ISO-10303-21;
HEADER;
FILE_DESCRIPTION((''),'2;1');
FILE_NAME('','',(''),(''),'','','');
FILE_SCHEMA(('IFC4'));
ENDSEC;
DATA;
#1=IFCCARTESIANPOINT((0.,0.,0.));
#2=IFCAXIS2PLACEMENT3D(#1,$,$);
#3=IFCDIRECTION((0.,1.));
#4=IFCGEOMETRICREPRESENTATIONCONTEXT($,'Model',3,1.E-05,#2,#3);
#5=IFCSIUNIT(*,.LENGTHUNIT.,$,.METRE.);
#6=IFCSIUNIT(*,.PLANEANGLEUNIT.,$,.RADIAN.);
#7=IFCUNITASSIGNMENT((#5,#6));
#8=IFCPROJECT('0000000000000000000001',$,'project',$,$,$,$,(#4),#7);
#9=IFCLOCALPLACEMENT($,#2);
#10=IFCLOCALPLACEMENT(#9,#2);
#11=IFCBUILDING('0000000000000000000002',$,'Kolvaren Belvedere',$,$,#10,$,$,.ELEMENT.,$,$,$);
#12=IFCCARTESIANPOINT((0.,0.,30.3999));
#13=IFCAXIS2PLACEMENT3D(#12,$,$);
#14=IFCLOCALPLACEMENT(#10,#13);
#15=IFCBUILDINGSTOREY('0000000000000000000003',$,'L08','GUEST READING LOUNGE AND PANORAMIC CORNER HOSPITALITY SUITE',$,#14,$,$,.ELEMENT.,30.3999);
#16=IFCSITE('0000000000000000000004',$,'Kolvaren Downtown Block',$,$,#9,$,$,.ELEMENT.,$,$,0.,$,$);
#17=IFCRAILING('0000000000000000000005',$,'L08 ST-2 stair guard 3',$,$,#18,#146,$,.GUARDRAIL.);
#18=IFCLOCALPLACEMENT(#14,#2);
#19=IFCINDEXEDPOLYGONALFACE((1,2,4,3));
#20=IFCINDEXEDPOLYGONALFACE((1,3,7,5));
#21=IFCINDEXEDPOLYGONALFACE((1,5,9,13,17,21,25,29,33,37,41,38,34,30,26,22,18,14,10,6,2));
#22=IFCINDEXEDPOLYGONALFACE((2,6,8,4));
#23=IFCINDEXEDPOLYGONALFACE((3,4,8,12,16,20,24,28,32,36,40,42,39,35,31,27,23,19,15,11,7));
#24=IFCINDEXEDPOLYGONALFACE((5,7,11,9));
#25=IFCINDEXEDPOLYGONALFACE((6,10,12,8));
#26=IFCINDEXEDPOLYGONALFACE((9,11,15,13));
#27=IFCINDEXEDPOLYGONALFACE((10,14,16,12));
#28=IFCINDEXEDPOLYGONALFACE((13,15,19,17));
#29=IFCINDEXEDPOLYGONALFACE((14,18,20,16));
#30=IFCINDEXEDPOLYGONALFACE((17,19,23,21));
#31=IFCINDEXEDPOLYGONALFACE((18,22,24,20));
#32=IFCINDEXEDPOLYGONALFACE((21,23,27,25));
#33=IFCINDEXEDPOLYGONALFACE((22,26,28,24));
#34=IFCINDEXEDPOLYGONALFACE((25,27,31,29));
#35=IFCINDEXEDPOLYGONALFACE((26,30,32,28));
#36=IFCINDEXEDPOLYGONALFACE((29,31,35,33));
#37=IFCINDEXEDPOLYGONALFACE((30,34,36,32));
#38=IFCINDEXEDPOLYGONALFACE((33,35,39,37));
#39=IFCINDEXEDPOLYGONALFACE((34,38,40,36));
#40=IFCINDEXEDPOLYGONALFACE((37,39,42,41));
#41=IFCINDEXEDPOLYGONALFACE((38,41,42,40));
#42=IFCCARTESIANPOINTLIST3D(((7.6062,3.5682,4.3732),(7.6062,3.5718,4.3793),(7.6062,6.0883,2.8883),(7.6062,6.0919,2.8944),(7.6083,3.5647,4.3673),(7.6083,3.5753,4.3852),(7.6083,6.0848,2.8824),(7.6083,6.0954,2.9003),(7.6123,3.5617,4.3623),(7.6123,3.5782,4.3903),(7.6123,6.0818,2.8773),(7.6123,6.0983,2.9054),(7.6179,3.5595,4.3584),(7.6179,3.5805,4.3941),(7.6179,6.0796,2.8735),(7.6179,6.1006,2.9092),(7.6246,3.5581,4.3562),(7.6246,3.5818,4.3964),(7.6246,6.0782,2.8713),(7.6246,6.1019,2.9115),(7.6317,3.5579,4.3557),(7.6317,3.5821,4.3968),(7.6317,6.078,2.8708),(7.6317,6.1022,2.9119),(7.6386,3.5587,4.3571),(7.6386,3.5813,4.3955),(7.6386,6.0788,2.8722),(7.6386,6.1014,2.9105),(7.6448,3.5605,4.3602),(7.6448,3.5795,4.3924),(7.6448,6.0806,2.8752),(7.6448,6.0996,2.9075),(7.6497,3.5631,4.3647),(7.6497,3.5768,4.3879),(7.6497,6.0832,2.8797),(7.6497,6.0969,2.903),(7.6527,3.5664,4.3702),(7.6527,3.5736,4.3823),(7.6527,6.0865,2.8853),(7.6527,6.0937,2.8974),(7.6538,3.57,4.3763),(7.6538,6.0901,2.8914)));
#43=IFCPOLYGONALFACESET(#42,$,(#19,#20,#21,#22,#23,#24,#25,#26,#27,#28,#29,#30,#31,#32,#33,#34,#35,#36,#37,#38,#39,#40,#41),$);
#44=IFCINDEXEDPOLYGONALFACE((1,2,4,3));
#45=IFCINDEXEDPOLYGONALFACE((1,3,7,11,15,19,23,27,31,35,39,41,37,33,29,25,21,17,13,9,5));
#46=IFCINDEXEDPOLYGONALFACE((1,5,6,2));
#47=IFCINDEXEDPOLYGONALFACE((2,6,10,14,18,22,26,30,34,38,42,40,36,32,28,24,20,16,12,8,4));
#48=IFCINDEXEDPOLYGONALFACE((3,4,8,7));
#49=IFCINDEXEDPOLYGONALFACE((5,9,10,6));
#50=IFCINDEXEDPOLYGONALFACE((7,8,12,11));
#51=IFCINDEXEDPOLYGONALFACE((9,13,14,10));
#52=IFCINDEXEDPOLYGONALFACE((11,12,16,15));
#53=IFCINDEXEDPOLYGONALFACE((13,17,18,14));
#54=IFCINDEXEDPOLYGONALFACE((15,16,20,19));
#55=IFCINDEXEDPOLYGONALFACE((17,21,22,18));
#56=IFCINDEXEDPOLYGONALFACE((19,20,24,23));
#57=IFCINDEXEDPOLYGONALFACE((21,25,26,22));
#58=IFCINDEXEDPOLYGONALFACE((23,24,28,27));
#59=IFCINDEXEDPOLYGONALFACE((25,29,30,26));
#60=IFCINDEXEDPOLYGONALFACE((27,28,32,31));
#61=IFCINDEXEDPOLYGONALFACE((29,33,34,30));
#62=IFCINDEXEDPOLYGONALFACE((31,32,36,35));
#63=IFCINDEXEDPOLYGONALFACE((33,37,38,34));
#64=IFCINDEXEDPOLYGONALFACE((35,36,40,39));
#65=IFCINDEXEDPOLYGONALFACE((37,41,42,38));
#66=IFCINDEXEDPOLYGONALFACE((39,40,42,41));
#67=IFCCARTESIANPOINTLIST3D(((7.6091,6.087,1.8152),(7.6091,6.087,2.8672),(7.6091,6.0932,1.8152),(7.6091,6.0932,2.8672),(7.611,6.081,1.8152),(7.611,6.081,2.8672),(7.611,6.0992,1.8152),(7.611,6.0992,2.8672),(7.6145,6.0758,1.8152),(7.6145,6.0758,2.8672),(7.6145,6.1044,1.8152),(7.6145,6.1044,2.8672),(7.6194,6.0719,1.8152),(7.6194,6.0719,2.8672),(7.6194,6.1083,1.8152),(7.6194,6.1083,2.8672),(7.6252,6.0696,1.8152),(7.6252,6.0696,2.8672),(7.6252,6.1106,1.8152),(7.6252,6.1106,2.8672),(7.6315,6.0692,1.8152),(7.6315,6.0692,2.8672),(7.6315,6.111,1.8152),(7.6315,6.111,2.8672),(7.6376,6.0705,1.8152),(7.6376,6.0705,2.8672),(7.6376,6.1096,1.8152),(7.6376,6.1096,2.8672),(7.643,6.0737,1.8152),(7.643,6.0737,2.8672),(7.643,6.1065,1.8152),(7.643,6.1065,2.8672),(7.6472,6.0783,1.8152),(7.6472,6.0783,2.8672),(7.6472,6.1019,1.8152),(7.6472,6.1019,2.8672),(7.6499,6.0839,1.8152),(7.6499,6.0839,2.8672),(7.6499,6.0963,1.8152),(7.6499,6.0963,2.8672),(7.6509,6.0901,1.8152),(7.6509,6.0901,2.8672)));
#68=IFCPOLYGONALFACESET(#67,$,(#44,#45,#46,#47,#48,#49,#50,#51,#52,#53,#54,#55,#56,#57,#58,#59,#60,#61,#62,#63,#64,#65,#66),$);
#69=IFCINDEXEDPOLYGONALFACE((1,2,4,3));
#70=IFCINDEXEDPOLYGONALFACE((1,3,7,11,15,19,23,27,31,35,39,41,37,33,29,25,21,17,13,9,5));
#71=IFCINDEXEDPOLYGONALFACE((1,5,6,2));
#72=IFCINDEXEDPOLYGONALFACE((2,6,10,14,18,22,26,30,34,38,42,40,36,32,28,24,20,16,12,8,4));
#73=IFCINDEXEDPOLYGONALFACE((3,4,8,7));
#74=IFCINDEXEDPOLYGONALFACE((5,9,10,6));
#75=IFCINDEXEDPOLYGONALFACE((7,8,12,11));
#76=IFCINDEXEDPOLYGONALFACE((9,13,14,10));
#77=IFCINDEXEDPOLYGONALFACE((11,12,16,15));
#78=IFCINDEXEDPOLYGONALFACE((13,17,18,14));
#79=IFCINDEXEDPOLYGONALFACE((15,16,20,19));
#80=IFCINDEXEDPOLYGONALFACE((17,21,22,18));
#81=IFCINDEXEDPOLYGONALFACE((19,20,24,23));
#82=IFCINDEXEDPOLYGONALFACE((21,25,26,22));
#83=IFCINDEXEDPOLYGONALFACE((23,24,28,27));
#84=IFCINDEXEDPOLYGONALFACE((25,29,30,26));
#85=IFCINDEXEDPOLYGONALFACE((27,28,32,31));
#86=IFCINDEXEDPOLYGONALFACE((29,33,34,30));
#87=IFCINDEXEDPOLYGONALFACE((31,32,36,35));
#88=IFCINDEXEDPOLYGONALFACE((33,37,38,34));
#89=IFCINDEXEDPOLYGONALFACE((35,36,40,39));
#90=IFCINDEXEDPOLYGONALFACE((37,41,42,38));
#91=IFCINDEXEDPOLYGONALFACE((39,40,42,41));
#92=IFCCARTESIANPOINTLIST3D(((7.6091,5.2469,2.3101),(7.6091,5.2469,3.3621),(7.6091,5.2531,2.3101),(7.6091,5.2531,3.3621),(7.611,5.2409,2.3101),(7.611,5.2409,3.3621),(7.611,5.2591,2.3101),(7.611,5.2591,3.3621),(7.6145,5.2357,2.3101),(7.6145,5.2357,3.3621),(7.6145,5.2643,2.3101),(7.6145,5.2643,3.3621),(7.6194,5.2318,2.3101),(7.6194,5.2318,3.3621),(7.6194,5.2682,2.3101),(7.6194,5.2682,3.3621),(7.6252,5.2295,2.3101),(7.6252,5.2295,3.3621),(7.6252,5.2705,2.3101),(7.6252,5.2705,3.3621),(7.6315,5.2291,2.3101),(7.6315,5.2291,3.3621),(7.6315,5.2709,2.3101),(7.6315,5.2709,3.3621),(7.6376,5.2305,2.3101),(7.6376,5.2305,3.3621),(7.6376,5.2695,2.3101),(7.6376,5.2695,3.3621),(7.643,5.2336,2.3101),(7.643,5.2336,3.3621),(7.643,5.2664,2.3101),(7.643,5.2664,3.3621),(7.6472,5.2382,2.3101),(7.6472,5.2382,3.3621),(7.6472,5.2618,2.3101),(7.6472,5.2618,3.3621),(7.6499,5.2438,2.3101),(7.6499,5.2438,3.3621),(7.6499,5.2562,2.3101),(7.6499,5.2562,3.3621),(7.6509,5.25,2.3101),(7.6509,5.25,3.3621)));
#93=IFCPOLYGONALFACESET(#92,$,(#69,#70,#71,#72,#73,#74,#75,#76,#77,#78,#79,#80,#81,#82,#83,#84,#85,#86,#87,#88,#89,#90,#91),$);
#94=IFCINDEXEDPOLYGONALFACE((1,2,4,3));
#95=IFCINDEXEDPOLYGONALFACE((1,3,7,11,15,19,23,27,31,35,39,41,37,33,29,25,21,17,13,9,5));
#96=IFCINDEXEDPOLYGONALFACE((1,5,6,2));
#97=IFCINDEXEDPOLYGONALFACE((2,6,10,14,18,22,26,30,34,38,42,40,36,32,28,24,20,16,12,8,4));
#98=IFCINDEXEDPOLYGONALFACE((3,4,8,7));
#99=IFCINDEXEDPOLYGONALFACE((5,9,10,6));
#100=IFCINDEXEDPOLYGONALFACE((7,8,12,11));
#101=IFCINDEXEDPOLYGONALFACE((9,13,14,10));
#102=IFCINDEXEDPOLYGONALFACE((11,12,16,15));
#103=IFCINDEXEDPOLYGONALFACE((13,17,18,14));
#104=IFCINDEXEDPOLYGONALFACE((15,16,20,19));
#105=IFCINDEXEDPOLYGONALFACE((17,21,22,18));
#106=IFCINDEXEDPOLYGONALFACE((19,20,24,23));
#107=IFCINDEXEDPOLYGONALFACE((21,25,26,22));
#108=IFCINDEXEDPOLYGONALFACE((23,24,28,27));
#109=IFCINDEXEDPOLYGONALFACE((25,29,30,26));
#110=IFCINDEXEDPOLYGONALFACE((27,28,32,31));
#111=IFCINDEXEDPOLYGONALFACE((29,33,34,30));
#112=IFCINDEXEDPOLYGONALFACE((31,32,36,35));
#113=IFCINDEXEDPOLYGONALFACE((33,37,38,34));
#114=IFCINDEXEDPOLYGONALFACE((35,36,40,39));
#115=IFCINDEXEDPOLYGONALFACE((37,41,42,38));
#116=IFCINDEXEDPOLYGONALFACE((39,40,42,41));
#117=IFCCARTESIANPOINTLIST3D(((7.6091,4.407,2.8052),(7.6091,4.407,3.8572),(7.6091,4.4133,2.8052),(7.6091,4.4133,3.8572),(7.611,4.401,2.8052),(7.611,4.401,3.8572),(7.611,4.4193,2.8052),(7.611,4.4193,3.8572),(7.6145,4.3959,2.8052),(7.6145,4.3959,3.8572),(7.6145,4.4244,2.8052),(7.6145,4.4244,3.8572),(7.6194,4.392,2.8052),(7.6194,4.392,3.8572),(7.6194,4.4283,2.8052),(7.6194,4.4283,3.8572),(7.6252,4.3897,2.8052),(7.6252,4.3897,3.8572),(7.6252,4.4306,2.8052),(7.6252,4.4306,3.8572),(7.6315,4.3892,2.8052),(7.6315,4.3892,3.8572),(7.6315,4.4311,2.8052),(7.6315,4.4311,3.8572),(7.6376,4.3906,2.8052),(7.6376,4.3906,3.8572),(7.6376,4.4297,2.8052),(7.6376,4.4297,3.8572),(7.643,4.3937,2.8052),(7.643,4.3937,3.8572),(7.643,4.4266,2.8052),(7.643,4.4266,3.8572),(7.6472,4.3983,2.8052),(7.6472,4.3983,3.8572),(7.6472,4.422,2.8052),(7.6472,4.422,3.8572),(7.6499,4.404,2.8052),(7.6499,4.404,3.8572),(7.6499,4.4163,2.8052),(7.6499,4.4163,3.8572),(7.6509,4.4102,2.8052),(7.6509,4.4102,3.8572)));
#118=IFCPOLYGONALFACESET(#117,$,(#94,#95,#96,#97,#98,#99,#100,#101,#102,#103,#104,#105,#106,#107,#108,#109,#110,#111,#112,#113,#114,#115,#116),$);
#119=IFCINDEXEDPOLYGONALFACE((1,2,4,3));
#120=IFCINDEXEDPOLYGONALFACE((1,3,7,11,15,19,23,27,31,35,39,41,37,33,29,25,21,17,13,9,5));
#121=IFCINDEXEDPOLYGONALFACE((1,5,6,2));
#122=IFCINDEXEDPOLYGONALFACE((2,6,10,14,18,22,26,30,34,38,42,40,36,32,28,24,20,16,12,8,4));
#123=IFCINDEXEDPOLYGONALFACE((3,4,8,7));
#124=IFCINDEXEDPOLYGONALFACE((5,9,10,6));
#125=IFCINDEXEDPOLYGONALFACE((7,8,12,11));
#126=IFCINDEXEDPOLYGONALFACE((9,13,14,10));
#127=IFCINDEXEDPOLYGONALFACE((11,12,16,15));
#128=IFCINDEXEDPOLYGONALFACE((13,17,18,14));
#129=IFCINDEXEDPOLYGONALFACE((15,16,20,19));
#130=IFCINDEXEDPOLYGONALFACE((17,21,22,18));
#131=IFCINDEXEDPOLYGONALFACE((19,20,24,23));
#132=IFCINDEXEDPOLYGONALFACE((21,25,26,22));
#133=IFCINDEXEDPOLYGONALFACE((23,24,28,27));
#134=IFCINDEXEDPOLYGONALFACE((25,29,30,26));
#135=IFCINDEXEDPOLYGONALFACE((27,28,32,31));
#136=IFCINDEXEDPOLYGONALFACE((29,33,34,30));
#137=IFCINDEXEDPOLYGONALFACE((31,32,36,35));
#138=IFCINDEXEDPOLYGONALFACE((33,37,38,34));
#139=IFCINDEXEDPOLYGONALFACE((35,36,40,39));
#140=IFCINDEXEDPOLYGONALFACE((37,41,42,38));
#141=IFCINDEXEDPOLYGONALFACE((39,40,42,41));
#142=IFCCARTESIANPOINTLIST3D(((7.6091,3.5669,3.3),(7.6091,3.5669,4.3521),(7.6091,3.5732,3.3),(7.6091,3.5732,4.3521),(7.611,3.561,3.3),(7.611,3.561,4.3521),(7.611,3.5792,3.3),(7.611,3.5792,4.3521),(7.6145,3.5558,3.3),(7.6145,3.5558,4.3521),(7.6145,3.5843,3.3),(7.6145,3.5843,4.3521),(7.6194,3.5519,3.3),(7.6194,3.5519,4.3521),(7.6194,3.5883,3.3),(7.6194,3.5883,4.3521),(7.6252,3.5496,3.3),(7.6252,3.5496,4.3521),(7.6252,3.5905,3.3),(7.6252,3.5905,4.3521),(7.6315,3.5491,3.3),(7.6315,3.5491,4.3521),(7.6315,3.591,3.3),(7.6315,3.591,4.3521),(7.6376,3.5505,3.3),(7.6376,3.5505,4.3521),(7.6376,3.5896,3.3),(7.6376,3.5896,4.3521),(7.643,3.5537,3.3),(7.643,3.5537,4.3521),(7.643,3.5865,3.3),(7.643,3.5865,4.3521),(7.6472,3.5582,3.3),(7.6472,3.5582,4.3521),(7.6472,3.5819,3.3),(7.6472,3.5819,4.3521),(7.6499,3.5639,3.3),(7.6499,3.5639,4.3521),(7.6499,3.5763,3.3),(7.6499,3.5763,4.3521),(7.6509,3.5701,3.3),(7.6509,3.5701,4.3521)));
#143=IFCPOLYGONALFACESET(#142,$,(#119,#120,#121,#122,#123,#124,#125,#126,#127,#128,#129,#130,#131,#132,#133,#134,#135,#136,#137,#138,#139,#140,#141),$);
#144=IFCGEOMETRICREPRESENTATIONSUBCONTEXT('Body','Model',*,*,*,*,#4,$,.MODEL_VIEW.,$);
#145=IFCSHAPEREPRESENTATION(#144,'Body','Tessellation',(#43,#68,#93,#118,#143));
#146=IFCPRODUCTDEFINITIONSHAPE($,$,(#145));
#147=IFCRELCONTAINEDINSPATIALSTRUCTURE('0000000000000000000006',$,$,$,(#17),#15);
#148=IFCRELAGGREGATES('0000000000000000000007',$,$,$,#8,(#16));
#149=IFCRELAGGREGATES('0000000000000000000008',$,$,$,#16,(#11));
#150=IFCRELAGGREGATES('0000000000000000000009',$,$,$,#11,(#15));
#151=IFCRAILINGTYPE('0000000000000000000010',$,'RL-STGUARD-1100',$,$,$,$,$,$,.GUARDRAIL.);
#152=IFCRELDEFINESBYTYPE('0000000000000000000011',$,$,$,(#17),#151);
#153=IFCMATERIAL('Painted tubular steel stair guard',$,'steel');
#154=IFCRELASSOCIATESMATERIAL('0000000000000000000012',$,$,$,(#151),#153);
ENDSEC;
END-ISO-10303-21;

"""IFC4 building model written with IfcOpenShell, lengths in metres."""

from ifc_helpers import new_model, si_unit, direction, frame, origin, origin_2d, place, context, subcontext, project, spatial, circle, extrude, material, type_object, element, save


model = new_model("IFC4")

# Units and contexts
model_context = context("Model", 3, precision=1e-05, world=origin(), true_north=direction((0.0, 1.0)))
body_context = subcontext(model_context, "Body", "Model", "MODEL_VIEW")
ifc_project = project(units=[si_unit("LENGTHUNIT", "METRE"), si_unit("PLANEANGLEUNIT", "RADIAN")], contexts=[model_context])

# Site, building, storey
site_placement = place(None, origin())
site = spatial("IfcSite", under=ifc_project, at=site_placement, Name="Kolvaren Downtown Block", CompositionType="ELEMENT", RefElevation=0.0)
building_placement = place(site_placement, origin())
building = spatial("IfcBuilding", under=site, at=building_placement, Name="Kolvaren Belvedere", CompositionType="ELEMENT")
storey_placement = place(building_placement, frame((0.0, 0.0, 30.3999)))
storey = spatial("IfcBuildingStorey", under=building, at=storey_placement, Name="L08", Description="GUEST READING LOUNGE AND PANORAMIC CORNER HOSPITALITY SUITE", CompositionType="ELEMENT", Elevation=30.3999)

# Railing
ifc_material_1 = material(Name="Painted tubular steel stair guard", Category="steel")
railing_type_1 = type_object("IfcRailingType", Name="RL-STGUARD-1100", PredefinedType="GUARDRAIL", material=ifc_material_1)
railing_1_placement = place(storey_placement, frame((7.6299, 6.0901, 1.8152)))
element("IfcRailing", 1, at=railing_1_placement, inside=storey, type_object=railing_type_1, Name="L08 ST-2 stair guard 3", PredefinedType="GUARDRAIL", context=body_context, shape_type="SweptSolid", body=[
    extrude(circle(Radius=0.0239, at=origin_2d()), frame((0.0, 0.0, 1.0762), z_axis=(0.0, -0.861561, 0.507655), x_axis=(1.0, 0.0, 0.0)), (0.0, 0.0, 1.0), 2.925),
    extrude(circle(Radius=0.021, at=origin_2d()), origin(), (0.0, 0.0, 1.0), 1.052),
    extrude(circle(Radius=0.021, at=origin_2d()), frame((0.0, -0.8401, 0.4949)), (0.0, 0.0, 1.0), 1.052),
    extrude(circle(Radius=0.021, at=origin_2d()), frame((0.0, -1.6799, 0.99)), (0.0, 0.0, 1.0), 1.052),
    extrude(circle(Radius=0.021, at=origin_2d()), frame((0.0, -2.52, 1.4849)), (0.0, 0.0, 1.0), 1.052),
])

save(model, "model.ifc")
